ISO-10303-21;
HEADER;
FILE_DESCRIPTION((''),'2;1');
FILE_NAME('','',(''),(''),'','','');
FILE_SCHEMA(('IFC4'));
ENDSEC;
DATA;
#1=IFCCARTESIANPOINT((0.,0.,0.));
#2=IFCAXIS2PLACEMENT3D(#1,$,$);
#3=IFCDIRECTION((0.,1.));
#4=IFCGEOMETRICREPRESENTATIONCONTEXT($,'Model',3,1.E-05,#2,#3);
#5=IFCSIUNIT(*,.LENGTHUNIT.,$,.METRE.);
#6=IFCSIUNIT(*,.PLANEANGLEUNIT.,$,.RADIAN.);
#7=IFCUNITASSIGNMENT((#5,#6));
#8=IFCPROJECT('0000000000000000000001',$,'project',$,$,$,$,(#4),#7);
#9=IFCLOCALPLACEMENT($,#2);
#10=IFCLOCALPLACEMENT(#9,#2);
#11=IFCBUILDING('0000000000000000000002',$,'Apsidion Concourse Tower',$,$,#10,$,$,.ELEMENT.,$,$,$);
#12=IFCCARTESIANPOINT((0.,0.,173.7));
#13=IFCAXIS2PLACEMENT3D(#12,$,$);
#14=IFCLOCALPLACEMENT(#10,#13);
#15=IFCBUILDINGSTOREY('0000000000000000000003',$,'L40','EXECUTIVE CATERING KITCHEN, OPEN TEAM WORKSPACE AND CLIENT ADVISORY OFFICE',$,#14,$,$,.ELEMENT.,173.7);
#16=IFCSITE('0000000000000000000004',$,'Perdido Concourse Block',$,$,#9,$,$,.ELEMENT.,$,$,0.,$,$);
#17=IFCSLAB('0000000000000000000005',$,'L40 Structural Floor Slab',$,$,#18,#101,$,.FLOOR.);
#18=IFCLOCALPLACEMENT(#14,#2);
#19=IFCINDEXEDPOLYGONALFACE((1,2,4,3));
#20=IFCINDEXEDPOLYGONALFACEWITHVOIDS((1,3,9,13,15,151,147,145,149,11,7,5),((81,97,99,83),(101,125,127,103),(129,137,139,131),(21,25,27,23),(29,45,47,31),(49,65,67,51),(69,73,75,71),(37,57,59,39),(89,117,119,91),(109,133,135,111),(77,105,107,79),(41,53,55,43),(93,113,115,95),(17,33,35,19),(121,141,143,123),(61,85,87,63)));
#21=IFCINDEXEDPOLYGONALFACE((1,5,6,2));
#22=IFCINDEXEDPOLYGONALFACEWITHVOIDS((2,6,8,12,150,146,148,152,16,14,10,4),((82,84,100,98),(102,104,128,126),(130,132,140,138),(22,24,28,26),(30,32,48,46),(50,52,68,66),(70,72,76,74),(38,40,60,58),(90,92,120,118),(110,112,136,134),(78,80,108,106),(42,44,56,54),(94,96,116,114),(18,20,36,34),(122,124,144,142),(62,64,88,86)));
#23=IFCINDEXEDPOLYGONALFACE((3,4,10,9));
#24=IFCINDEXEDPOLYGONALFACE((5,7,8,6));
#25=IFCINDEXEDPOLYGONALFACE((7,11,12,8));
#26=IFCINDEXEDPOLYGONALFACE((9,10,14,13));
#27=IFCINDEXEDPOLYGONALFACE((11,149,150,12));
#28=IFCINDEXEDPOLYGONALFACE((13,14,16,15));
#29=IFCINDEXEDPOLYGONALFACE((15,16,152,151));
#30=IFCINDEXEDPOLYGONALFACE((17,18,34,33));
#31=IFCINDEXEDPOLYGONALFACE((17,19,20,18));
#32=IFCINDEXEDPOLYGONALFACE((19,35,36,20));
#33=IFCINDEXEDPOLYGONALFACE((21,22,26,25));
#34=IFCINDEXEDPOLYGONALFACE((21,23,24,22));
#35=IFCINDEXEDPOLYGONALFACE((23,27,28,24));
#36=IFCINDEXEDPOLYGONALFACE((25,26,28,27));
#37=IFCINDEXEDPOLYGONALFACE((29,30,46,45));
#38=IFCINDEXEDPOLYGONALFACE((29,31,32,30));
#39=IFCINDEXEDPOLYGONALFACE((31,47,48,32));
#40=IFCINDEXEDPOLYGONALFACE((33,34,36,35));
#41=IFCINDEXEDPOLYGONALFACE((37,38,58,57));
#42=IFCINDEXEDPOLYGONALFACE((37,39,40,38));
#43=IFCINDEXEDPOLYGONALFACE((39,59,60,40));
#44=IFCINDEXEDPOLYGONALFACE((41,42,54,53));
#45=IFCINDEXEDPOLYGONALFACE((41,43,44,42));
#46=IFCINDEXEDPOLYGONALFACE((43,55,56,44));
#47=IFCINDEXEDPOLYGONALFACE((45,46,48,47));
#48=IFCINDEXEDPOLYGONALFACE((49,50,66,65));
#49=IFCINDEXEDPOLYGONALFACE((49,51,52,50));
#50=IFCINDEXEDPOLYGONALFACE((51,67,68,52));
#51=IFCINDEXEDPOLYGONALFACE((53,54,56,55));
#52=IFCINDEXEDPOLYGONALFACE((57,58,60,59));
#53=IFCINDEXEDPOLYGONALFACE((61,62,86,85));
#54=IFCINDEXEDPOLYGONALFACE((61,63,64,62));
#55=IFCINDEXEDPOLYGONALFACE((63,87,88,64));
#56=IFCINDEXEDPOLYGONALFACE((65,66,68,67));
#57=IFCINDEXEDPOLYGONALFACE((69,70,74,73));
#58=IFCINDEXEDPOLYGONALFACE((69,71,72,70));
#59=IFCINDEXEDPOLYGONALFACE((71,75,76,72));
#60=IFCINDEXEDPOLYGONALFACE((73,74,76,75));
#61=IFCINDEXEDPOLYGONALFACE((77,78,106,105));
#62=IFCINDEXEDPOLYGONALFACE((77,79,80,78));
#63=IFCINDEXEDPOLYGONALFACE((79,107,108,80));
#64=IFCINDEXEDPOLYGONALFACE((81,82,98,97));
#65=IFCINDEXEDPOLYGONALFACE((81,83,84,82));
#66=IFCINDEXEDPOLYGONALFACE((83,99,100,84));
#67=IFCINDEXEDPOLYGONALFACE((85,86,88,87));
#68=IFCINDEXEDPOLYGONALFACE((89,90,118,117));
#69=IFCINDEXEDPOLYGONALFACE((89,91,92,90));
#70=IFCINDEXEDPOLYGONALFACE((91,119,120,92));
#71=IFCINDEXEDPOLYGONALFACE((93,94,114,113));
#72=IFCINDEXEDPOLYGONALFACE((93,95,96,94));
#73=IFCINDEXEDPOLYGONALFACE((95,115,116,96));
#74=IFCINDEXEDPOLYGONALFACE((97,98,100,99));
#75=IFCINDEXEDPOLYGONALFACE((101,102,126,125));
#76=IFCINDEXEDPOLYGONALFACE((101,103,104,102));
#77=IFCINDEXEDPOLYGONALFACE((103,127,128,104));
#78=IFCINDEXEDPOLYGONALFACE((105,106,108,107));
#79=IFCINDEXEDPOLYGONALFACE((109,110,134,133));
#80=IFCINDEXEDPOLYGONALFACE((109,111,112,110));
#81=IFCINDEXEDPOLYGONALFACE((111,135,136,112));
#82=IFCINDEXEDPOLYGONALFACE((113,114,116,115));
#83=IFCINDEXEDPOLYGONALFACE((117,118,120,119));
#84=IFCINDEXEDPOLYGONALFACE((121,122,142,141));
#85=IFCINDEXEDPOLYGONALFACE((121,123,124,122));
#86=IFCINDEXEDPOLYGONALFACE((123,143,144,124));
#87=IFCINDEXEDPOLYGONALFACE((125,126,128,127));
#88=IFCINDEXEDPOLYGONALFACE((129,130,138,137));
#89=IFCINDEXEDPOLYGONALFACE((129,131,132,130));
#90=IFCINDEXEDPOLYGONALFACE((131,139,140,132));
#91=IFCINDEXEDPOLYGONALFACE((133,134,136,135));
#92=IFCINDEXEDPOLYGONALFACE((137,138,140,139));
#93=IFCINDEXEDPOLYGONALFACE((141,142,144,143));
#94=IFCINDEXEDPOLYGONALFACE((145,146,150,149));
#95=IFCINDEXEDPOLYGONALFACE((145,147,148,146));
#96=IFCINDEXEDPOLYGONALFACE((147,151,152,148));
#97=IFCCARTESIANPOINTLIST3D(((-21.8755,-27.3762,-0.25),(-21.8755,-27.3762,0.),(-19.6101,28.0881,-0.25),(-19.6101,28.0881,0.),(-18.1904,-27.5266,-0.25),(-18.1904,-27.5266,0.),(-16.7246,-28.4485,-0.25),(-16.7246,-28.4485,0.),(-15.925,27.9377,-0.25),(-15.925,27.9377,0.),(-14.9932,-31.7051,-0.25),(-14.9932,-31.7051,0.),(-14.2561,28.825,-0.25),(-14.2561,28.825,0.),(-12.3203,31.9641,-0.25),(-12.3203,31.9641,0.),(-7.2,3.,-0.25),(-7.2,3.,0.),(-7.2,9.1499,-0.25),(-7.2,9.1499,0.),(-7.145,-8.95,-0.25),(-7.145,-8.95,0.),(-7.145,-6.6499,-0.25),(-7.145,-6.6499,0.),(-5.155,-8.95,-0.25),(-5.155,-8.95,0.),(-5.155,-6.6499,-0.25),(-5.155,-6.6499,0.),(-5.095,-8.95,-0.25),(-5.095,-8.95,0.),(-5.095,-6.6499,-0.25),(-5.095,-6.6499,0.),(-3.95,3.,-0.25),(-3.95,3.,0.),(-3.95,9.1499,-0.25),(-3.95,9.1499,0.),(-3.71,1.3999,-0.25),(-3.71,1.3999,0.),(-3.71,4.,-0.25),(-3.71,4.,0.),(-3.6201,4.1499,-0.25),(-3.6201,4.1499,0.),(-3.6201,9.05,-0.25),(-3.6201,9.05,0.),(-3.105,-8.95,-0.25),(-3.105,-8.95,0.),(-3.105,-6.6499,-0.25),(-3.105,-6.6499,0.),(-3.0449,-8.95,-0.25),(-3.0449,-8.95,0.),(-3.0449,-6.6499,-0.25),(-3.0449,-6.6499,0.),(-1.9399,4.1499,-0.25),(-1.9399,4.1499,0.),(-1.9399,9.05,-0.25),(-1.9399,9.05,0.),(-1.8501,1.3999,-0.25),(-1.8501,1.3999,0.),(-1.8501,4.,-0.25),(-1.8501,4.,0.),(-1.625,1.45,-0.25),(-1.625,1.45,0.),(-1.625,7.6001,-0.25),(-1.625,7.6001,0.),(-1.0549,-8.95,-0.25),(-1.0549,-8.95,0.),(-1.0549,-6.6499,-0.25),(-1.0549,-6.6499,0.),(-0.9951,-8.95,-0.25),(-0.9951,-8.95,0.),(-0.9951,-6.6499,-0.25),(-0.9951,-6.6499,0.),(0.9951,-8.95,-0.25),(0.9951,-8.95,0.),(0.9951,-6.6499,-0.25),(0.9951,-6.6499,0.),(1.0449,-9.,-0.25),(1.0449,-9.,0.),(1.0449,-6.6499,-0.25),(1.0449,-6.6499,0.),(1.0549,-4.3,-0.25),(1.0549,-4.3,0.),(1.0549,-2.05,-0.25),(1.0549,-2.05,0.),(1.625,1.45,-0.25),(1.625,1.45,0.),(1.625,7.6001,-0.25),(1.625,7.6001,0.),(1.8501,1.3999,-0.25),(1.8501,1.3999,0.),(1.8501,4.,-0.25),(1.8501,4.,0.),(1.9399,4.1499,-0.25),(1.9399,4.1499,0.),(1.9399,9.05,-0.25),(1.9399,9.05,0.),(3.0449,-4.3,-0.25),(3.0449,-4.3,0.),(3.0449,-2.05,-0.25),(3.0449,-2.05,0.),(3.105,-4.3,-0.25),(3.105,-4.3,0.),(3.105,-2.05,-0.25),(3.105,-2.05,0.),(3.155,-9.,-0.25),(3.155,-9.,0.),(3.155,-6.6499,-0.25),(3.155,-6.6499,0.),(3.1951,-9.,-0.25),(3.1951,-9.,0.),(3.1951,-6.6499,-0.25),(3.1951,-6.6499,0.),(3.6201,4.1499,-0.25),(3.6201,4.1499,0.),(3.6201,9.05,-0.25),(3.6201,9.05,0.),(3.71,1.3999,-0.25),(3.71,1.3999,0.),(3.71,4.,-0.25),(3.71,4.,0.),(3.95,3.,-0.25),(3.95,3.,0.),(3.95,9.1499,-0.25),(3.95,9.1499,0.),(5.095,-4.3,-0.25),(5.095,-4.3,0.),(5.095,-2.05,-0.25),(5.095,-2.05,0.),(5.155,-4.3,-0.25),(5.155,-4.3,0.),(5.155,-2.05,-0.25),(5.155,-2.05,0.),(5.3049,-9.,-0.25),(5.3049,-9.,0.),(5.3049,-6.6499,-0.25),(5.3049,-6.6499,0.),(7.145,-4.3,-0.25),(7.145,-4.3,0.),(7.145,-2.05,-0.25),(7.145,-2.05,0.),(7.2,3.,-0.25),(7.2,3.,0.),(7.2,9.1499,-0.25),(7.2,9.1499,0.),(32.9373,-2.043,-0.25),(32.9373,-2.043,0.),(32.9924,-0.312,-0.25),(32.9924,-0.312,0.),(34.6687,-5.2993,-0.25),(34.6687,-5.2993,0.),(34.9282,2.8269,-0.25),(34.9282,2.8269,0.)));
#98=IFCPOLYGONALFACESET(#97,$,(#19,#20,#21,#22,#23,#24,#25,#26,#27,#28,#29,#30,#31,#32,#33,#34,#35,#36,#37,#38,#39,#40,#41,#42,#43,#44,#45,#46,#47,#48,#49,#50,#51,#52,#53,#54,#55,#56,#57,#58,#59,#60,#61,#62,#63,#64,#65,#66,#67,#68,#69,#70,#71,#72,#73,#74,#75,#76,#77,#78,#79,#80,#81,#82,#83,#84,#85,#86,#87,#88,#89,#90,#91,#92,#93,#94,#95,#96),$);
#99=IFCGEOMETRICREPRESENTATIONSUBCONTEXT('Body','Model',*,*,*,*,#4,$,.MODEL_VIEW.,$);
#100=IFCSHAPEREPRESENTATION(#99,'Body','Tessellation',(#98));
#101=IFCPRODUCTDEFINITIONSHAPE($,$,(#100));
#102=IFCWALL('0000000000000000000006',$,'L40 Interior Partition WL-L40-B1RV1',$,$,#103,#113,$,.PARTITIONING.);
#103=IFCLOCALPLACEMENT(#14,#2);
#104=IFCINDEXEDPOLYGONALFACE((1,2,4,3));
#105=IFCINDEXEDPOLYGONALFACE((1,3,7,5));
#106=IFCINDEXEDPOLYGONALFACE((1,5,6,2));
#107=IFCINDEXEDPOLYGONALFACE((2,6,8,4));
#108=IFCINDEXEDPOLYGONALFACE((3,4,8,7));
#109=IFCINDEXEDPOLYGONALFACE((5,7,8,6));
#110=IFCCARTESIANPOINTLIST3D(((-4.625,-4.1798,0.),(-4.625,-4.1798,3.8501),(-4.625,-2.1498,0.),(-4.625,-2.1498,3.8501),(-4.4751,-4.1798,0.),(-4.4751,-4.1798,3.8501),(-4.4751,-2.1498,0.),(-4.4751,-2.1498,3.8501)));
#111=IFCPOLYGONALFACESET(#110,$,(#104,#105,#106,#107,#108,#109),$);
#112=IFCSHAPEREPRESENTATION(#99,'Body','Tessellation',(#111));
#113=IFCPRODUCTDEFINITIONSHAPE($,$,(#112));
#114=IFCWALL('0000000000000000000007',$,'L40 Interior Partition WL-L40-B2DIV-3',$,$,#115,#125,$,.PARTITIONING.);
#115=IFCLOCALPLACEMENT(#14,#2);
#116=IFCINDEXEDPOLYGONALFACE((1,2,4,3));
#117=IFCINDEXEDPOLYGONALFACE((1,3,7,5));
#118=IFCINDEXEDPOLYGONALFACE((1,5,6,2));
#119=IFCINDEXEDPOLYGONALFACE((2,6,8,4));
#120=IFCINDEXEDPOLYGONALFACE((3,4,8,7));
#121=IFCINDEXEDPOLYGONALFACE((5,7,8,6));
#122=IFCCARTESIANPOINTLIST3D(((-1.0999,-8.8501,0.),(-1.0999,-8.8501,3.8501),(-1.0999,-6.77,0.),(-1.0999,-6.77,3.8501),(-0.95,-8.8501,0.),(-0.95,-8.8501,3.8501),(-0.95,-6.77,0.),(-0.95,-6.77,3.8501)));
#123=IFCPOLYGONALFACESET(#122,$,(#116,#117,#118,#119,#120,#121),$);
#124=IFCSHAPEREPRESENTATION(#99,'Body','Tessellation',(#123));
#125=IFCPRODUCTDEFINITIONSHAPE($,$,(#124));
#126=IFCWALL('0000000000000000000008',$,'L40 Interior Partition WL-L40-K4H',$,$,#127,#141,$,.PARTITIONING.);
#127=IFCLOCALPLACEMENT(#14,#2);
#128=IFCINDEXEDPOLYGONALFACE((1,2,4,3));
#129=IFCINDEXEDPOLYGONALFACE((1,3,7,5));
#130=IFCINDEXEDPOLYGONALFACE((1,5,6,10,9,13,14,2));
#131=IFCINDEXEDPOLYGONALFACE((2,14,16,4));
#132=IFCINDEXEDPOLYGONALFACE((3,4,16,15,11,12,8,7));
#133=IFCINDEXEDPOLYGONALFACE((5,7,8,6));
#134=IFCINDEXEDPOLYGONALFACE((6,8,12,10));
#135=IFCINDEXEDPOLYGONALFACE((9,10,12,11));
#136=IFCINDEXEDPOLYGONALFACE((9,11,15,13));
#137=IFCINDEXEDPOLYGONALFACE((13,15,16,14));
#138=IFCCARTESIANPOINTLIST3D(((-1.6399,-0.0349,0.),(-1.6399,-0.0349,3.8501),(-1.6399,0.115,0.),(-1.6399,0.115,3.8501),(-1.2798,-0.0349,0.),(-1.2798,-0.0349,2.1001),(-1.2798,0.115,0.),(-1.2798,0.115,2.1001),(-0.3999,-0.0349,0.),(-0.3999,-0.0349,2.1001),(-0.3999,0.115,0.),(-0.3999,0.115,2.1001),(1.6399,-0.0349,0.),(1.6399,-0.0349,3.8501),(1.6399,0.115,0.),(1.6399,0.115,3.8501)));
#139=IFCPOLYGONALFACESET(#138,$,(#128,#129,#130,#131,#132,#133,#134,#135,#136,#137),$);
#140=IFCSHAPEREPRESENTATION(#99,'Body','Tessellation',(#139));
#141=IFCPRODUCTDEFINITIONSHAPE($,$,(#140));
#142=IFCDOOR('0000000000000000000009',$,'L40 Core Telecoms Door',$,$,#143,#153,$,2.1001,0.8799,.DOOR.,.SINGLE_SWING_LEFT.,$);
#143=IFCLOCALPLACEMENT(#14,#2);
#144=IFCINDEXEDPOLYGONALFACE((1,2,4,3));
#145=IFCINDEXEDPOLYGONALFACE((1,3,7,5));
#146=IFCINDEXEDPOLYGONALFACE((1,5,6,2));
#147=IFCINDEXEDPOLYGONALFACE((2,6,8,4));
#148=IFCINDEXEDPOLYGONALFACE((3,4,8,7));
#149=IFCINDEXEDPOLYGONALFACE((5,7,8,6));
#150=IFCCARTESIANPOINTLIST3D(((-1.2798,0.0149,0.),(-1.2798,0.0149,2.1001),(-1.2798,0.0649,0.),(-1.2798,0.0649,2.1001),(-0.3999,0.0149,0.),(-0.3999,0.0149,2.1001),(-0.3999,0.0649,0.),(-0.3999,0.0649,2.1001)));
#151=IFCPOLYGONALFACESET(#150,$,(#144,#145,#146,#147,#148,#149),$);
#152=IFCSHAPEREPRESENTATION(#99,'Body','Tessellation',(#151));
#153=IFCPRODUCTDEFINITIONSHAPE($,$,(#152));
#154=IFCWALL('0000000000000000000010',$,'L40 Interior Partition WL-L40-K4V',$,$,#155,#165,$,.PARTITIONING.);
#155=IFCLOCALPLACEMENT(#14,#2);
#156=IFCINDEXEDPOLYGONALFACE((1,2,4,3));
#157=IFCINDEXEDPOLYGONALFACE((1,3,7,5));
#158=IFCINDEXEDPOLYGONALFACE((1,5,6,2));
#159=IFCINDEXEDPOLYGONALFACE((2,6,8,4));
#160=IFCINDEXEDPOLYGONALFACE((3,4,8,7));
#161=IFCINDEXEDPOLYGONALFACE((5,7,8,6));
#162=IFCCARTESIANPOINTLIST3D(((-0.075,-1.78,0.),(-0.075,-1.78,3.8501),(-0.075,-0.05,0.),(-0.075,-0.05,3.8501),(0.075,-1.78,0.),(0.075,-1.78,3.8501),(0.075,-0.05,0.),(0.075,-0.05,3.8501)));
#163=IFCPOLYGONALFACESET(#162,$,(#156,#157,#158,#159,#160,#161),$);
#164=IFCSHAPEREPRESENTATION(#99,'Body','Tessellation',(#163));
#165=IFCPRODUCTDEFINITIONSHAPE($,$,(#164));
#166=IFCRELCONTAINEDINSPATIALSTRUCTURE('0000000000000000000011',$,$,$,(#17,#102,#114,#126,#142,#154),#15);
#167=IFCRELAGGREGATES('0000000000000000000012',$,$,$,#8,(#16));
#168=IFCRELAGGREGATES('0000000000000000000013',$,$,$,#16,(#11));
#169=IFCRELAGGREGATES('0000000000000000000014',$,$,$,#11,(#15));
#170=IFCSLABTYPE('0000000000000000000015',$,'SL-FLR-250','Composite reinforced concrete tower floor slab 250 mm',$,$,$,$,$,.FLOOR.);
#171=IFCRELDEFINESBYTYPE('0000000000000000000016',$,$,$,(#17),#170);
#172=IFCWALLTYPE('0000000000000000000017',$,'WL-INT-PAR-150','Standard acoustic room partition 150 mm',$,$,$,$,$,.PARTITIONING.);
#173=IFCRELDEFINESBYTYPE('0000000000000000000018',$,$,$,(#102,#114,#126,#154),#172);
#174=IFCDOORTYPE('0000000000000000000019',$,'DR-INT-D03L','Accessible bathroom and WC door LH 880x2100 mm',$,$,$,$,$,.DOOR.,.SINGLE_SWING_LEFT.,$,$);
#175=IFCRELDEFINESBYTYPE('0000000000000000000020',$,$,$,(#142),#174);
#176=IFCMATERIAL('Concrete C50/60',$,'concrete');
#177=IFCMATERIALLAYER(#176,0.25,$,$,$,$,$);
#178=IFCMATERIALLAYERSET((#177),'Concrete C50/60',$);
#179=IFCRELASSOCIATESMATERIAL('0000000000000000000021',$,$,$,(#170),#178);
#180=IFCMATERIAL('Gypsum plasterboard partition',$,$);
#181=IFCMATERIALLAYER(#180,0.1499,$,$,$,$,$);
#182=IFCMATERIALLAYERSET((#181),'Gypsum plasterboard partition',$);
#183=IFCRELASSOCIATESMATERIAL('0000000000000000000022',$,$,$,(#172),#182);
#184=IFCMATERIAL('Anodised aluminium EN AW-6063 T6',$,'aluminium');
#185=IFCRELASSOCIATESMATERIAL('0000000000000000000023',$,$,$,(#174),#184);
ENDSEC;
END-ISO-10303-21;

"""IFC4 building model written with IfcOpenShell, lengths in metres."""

from ifc_helpers import new_model, si_unit, direction, frame, frame_2d, origin, place, context, subcontext, project, spatial, polyline, rectangle, outline, extrude, material, layer, layer_set, type_object, element, fill, save


model = new_model("IFC4")

# Units and contexts
model_context = context("Model", 3, precision=1e-05, world=origin(), true_north=direction((0.0, 1.0)))
body_context = subcontext(model_context, "Body", "Model", "MODEL_VIEW")
ifc_project = project(units=[si_unit("LENGTHUNIT", "METRE"), si_unit("PLANEANGLEUNIT", "RADIAN")], contexts=[model_context])

# Site, building, storey
site_placement = place(None, origin())
site = spatial("IfcSite", under=ifc_project, at=site_placement, Name="Perdido Concourse Block", CompositionType="ELEMENT", RefElevation=0.0)
building_placement = place(site_placement, origin())
building = spatial("IfcBuilding", under=site, at=building_placement, Name="Apsidion Concourse Tower", CompositionType="ELEMENT")
storey_placement = place(building_placement, frame((0.0, 0.0, 173.7)))
storey = spatial("IfcBuildingStorey", under=building, at=storey_placement, Name="L40", Description="EXECUTIVE CATERING KITCHEN, OPEN TEAM WORKSPACE AND CLIENT ADVISORY OFFICE", CompositionType="ELEMENT", Elevation=173.7)

# Slab
ifc_material_1 = material(Name="Concrete C50/60", Category="concrete")
ifc_layer_1 = layer(ifc_material_1, 0.25)
ifc_layer_set_1 = layer_set([ifc_layer_1], Name="Concrete C50/60")
slab_type = type_object("IfcSlabType", Name="SL-FLR-250", Description="Composite reinforced concrete tower floor slab 250 mm", PredefinedType="FLOOR", material=ifc_layer_set_1)
slab_placement = place(storey_placement, frame((0.0, 0.0, -0.25)))
element("IfcSlab", 1, at=slab_placement, inside=storey, type_object=slab_type, Name="L40 Structural Floor Slab", PredefinedType="FLOOR", context=body_context, shape_type="SweptSolid", body=[
    extrude(outline(polyline([(-12.3203, 31.9641), (-14.2561, 28.825), (-15.925, 27.9377), (-19.6101, 28.0881), (-21.8755, -27.3762), (-18.1904, -27.5266), (-16.7246, -28.4485), (-14.9932, -31.7051), (34.6687, -5.2993), (32.9373, -2.043), (32.9924, -0.312), (34.9282, 2.8269), (-12.3203, 31.9641)]), holes=[polyline([(-3.95, 3.0), (-3.95, 9.1499), (-7.2, 9.1499), (-7.2, 3.0), (-3.95, 3.0)]), polyline([(7.2, 3.0), (7.2, 9.1499), (3.95, 9.1499), (3.95, 3.0), (7.2, 3.0)]), polyline([(-1.625, 7.6001), (-1.625, 1.45), (1.625, 1.45), (1.625, 7.6001), (-1.625, 7.6001)]), polyline([(1.0549, -4.3), (3.0449, -4.3), (3.0449, -2.05), (1.0549, -2.05), (1.0549, -4.3)]), polyline([(3.105, -4.3), (5.095, -4.3), (5.095, -2.05), (3.105, -2.05), (3.105, -4.3)]), polyline([(5.155, -4.3), (7.145, -4.3), (7.145, -2.05), (5.155, -2.05), (5.155, -4.3)]), polyline([(-7.145, -8.95), (-5.155, -8.95), (-5.155, -6.6499), (-7.145, -6.6499), (-7.145, -8.95)]), polyline([(-5.095, -8.95), (-3.105, -8.95), (-3.105, -6.6499), (-5.095, -6.6499), (-5.095, -8.95)]), polyline([(-3.0449, -8.95), (-1.0549, -8.95), (-1.0549, -6.6499), (-3.0449, -6.6499), (-3.0449, -8.95)]), polyline([(-0.9951, -8.95), (0.9951, -8.95), (0.9951, -6.6499), (-0.9951, -6.6499), (-0.9951, -8.95)]), polyline([(1.0449, -9.0), (3.155, -9.0), (3.155, -6.6499), (1.0449, -6.6499), (1.0449, -9.0)]), polyline([(3.1951, -9.0), (5.3049, -9.0), (5.3049, -6.6499), (3.1951, -6.6499), (3.1951, -9.0)]), polyline([(-3.71, 1.3999), (-1.8501, 1.3999), (-1.8501, 4.0), (-3.71, 4.0), (-3.71, 1.3999)]), polyline([(1.8501, 1.3999), (3.71, 1.3999), (3.71, 4.0), (1.8501, 4.0), (1.8501, 1.3999)]), polyline([(-3.6201, 4.1499), (-1.9399, 4.1499), (-1.9399, 9.05), (-3.6201, 9.05), (-3.6201, 4.1499)]), polyline([(1.9399, 4.1499), (3.6201, 4.1499), (3.6201, 9.05), (1.9399, 9.05), (1.9399, 4.1499)])]), origin(), (0.0, 0.0, 1.0), 0.25),
])

# Walls
ifc_material_2 = material(Name="Gypsum plasterboard partition")
ifc_layer_2 = layer(ifc_material_2, 0.1499)
ifc_layer_set_2 = layer_set([ifc_layer_2], Name="Gypsum plasterboard partition")
wall_type_1 = type_object("IfcWallType", Name="WL-INT-PAR-150", Description="Standard acoustic room partition 150 mm", PredefinedType="PARTITIONING", material=ifc_layer_set_2)
wall_1_placement = place(storey_placement, frame((-4.55, -4.1799, 0.0), z_axis=(0.0, 0.0, 1.0), x_axis=(0.0, 1.0, 0.0)))
element("IfcWall", 2, at=wall_1_placement, inside=storey, type_object=wall_type_1, Name="L40 Interior Partition WL-L40-B1RV1", PredefinedType="PARTITIONING", context=body_context, shape_type="SweptSolid", body=[
    extrude(rectangle(XDim=2.03, YDim=0.1499, at=frame_2d((1.0151, 0.0))), origin(), (0.0, 0.0, 1.0), 3.8501),
])
wall_2_placement = place(storey_placement, frame((-1.0249, -8.8501, 0.0), z_axis=(0.0, 0.0, 1.0), x_axis=(0.0, 1.0, 0.0)))
element("IfcWall", 3, at=wall_2_placement, inside=storey, type_object=wall_type_1, Name="L40 Interior Partition WL-L40-B2DIV-3", PredefinedType="PARTITIONING", context=body_context, shape_type="SweptSolid", body=[
    extrude(rectangle(XDim=2.0801, YDim=0.1499, at=frame_2d((1.04, 0.0))), origin(), (0.0, 0.0, 1.0), 3.8501),
])

# Wall, opening, door
wall_3_placement = place(storey_placement, frame((-1.6399, 0.04, 0.0), z_axis=(0.0, 0.0, 1.0), x_axis=(1.0, 0.0, 0.0)))
wall_3 = element("IfcWall", 4, at=wall_3_placement, inside=storey, type_object=wall_type_1, Name="L40 Interior Partition WL-L40-K4H", PredefinedType="PARTITIONING", context=body_context, shape_type="SweptSolid", body=[
    extrude(rectangle(XDim=3.2798, YDim=0.1499, at=frame_2d((1.6399, 0.0))), origin(), (0.0, 0.0, 1.0), 3.8501),
])
opening_1_placement = place(wall_3_placement, frame((0.3601, 0.0, 0.0)))
opening_1 = element("IfcOpeningElement", 5, at=opening_1_placement, cuts=wall_3, PredefinedType="OPENING", context=body_context, shape_type="SweptSolid", body=[
    extrude(rectangle(XDim=0.8799, YDim=2.1001, at=frame_2d((0.4399, 1.05))), frame((0.0, 0.085, 0.0), z_axis=(0.0, -1.0, 0.0), x_axis=(1.0, 0.0, 0.0)), (0.0, 0.0, 1.0), 0.1699),
])
ifc_material_3 = material(Name="Anodised aluminium EN AW-6063 T6", Category="aluminium")
door_type_1 = type_object("IfcDoorType", Name="DR-INT-D03L", Description="Accessible bathroom and WC door LH 880x2100 mm", OperationType="SINGLE_SWING_LEFT", PredefinedType="DOOR", material=ifc_material_3)
door_1_placement = place(opening_1_placement, origin())
door_1 = element("IfcDoor", 6, at=door_1_placement, inside=storey, type_object=door_type_1, Name="L40 Core Telecoms Door", OperationType="SINGLE_SWING_LEFT", OverallHeight=2.1001, OverallWidth=0.8799, PredefinedType="DOOR", context=body_context, shape_type="SweptSolid", body=[
    extrude(rectangle(XDim=0.8799, YDim=2.1001, at=frame_2d((0.4399, 1.05))), frame((0.0, 0.0249, 0.0), z_axis=(0.0, -1.0, 0.0), x_axis=(1.0, 0.0, 0.0)), (0.0, 0.0, 1.0), 0.05),
])
fill(opening_1, door_1)

# Wall
wall_4_placement = place(storey_placement, frame((0.0, -1.78, 0.0), z_axis=(0.0, 0.0, 1.0), x_axis=(0.0, 1.0, 0.0)))
element("IfcWall", 7, at=wall_4_placement, inside=storey, type_object=wall_type_1, Name="L40 Interior Partition WL-L40-K4V", PredefinedType="PARTITIONING", context=body_context, shape_type="SweptSolid", body=[
    extrude(rectangle(XDim=1.73, YDim=0.1499, at=frame_2d((0.865, 0.0))), origin(), (0.0, 0.0, 1.0), 3.8501),
])

save(model, "model.ifc")
